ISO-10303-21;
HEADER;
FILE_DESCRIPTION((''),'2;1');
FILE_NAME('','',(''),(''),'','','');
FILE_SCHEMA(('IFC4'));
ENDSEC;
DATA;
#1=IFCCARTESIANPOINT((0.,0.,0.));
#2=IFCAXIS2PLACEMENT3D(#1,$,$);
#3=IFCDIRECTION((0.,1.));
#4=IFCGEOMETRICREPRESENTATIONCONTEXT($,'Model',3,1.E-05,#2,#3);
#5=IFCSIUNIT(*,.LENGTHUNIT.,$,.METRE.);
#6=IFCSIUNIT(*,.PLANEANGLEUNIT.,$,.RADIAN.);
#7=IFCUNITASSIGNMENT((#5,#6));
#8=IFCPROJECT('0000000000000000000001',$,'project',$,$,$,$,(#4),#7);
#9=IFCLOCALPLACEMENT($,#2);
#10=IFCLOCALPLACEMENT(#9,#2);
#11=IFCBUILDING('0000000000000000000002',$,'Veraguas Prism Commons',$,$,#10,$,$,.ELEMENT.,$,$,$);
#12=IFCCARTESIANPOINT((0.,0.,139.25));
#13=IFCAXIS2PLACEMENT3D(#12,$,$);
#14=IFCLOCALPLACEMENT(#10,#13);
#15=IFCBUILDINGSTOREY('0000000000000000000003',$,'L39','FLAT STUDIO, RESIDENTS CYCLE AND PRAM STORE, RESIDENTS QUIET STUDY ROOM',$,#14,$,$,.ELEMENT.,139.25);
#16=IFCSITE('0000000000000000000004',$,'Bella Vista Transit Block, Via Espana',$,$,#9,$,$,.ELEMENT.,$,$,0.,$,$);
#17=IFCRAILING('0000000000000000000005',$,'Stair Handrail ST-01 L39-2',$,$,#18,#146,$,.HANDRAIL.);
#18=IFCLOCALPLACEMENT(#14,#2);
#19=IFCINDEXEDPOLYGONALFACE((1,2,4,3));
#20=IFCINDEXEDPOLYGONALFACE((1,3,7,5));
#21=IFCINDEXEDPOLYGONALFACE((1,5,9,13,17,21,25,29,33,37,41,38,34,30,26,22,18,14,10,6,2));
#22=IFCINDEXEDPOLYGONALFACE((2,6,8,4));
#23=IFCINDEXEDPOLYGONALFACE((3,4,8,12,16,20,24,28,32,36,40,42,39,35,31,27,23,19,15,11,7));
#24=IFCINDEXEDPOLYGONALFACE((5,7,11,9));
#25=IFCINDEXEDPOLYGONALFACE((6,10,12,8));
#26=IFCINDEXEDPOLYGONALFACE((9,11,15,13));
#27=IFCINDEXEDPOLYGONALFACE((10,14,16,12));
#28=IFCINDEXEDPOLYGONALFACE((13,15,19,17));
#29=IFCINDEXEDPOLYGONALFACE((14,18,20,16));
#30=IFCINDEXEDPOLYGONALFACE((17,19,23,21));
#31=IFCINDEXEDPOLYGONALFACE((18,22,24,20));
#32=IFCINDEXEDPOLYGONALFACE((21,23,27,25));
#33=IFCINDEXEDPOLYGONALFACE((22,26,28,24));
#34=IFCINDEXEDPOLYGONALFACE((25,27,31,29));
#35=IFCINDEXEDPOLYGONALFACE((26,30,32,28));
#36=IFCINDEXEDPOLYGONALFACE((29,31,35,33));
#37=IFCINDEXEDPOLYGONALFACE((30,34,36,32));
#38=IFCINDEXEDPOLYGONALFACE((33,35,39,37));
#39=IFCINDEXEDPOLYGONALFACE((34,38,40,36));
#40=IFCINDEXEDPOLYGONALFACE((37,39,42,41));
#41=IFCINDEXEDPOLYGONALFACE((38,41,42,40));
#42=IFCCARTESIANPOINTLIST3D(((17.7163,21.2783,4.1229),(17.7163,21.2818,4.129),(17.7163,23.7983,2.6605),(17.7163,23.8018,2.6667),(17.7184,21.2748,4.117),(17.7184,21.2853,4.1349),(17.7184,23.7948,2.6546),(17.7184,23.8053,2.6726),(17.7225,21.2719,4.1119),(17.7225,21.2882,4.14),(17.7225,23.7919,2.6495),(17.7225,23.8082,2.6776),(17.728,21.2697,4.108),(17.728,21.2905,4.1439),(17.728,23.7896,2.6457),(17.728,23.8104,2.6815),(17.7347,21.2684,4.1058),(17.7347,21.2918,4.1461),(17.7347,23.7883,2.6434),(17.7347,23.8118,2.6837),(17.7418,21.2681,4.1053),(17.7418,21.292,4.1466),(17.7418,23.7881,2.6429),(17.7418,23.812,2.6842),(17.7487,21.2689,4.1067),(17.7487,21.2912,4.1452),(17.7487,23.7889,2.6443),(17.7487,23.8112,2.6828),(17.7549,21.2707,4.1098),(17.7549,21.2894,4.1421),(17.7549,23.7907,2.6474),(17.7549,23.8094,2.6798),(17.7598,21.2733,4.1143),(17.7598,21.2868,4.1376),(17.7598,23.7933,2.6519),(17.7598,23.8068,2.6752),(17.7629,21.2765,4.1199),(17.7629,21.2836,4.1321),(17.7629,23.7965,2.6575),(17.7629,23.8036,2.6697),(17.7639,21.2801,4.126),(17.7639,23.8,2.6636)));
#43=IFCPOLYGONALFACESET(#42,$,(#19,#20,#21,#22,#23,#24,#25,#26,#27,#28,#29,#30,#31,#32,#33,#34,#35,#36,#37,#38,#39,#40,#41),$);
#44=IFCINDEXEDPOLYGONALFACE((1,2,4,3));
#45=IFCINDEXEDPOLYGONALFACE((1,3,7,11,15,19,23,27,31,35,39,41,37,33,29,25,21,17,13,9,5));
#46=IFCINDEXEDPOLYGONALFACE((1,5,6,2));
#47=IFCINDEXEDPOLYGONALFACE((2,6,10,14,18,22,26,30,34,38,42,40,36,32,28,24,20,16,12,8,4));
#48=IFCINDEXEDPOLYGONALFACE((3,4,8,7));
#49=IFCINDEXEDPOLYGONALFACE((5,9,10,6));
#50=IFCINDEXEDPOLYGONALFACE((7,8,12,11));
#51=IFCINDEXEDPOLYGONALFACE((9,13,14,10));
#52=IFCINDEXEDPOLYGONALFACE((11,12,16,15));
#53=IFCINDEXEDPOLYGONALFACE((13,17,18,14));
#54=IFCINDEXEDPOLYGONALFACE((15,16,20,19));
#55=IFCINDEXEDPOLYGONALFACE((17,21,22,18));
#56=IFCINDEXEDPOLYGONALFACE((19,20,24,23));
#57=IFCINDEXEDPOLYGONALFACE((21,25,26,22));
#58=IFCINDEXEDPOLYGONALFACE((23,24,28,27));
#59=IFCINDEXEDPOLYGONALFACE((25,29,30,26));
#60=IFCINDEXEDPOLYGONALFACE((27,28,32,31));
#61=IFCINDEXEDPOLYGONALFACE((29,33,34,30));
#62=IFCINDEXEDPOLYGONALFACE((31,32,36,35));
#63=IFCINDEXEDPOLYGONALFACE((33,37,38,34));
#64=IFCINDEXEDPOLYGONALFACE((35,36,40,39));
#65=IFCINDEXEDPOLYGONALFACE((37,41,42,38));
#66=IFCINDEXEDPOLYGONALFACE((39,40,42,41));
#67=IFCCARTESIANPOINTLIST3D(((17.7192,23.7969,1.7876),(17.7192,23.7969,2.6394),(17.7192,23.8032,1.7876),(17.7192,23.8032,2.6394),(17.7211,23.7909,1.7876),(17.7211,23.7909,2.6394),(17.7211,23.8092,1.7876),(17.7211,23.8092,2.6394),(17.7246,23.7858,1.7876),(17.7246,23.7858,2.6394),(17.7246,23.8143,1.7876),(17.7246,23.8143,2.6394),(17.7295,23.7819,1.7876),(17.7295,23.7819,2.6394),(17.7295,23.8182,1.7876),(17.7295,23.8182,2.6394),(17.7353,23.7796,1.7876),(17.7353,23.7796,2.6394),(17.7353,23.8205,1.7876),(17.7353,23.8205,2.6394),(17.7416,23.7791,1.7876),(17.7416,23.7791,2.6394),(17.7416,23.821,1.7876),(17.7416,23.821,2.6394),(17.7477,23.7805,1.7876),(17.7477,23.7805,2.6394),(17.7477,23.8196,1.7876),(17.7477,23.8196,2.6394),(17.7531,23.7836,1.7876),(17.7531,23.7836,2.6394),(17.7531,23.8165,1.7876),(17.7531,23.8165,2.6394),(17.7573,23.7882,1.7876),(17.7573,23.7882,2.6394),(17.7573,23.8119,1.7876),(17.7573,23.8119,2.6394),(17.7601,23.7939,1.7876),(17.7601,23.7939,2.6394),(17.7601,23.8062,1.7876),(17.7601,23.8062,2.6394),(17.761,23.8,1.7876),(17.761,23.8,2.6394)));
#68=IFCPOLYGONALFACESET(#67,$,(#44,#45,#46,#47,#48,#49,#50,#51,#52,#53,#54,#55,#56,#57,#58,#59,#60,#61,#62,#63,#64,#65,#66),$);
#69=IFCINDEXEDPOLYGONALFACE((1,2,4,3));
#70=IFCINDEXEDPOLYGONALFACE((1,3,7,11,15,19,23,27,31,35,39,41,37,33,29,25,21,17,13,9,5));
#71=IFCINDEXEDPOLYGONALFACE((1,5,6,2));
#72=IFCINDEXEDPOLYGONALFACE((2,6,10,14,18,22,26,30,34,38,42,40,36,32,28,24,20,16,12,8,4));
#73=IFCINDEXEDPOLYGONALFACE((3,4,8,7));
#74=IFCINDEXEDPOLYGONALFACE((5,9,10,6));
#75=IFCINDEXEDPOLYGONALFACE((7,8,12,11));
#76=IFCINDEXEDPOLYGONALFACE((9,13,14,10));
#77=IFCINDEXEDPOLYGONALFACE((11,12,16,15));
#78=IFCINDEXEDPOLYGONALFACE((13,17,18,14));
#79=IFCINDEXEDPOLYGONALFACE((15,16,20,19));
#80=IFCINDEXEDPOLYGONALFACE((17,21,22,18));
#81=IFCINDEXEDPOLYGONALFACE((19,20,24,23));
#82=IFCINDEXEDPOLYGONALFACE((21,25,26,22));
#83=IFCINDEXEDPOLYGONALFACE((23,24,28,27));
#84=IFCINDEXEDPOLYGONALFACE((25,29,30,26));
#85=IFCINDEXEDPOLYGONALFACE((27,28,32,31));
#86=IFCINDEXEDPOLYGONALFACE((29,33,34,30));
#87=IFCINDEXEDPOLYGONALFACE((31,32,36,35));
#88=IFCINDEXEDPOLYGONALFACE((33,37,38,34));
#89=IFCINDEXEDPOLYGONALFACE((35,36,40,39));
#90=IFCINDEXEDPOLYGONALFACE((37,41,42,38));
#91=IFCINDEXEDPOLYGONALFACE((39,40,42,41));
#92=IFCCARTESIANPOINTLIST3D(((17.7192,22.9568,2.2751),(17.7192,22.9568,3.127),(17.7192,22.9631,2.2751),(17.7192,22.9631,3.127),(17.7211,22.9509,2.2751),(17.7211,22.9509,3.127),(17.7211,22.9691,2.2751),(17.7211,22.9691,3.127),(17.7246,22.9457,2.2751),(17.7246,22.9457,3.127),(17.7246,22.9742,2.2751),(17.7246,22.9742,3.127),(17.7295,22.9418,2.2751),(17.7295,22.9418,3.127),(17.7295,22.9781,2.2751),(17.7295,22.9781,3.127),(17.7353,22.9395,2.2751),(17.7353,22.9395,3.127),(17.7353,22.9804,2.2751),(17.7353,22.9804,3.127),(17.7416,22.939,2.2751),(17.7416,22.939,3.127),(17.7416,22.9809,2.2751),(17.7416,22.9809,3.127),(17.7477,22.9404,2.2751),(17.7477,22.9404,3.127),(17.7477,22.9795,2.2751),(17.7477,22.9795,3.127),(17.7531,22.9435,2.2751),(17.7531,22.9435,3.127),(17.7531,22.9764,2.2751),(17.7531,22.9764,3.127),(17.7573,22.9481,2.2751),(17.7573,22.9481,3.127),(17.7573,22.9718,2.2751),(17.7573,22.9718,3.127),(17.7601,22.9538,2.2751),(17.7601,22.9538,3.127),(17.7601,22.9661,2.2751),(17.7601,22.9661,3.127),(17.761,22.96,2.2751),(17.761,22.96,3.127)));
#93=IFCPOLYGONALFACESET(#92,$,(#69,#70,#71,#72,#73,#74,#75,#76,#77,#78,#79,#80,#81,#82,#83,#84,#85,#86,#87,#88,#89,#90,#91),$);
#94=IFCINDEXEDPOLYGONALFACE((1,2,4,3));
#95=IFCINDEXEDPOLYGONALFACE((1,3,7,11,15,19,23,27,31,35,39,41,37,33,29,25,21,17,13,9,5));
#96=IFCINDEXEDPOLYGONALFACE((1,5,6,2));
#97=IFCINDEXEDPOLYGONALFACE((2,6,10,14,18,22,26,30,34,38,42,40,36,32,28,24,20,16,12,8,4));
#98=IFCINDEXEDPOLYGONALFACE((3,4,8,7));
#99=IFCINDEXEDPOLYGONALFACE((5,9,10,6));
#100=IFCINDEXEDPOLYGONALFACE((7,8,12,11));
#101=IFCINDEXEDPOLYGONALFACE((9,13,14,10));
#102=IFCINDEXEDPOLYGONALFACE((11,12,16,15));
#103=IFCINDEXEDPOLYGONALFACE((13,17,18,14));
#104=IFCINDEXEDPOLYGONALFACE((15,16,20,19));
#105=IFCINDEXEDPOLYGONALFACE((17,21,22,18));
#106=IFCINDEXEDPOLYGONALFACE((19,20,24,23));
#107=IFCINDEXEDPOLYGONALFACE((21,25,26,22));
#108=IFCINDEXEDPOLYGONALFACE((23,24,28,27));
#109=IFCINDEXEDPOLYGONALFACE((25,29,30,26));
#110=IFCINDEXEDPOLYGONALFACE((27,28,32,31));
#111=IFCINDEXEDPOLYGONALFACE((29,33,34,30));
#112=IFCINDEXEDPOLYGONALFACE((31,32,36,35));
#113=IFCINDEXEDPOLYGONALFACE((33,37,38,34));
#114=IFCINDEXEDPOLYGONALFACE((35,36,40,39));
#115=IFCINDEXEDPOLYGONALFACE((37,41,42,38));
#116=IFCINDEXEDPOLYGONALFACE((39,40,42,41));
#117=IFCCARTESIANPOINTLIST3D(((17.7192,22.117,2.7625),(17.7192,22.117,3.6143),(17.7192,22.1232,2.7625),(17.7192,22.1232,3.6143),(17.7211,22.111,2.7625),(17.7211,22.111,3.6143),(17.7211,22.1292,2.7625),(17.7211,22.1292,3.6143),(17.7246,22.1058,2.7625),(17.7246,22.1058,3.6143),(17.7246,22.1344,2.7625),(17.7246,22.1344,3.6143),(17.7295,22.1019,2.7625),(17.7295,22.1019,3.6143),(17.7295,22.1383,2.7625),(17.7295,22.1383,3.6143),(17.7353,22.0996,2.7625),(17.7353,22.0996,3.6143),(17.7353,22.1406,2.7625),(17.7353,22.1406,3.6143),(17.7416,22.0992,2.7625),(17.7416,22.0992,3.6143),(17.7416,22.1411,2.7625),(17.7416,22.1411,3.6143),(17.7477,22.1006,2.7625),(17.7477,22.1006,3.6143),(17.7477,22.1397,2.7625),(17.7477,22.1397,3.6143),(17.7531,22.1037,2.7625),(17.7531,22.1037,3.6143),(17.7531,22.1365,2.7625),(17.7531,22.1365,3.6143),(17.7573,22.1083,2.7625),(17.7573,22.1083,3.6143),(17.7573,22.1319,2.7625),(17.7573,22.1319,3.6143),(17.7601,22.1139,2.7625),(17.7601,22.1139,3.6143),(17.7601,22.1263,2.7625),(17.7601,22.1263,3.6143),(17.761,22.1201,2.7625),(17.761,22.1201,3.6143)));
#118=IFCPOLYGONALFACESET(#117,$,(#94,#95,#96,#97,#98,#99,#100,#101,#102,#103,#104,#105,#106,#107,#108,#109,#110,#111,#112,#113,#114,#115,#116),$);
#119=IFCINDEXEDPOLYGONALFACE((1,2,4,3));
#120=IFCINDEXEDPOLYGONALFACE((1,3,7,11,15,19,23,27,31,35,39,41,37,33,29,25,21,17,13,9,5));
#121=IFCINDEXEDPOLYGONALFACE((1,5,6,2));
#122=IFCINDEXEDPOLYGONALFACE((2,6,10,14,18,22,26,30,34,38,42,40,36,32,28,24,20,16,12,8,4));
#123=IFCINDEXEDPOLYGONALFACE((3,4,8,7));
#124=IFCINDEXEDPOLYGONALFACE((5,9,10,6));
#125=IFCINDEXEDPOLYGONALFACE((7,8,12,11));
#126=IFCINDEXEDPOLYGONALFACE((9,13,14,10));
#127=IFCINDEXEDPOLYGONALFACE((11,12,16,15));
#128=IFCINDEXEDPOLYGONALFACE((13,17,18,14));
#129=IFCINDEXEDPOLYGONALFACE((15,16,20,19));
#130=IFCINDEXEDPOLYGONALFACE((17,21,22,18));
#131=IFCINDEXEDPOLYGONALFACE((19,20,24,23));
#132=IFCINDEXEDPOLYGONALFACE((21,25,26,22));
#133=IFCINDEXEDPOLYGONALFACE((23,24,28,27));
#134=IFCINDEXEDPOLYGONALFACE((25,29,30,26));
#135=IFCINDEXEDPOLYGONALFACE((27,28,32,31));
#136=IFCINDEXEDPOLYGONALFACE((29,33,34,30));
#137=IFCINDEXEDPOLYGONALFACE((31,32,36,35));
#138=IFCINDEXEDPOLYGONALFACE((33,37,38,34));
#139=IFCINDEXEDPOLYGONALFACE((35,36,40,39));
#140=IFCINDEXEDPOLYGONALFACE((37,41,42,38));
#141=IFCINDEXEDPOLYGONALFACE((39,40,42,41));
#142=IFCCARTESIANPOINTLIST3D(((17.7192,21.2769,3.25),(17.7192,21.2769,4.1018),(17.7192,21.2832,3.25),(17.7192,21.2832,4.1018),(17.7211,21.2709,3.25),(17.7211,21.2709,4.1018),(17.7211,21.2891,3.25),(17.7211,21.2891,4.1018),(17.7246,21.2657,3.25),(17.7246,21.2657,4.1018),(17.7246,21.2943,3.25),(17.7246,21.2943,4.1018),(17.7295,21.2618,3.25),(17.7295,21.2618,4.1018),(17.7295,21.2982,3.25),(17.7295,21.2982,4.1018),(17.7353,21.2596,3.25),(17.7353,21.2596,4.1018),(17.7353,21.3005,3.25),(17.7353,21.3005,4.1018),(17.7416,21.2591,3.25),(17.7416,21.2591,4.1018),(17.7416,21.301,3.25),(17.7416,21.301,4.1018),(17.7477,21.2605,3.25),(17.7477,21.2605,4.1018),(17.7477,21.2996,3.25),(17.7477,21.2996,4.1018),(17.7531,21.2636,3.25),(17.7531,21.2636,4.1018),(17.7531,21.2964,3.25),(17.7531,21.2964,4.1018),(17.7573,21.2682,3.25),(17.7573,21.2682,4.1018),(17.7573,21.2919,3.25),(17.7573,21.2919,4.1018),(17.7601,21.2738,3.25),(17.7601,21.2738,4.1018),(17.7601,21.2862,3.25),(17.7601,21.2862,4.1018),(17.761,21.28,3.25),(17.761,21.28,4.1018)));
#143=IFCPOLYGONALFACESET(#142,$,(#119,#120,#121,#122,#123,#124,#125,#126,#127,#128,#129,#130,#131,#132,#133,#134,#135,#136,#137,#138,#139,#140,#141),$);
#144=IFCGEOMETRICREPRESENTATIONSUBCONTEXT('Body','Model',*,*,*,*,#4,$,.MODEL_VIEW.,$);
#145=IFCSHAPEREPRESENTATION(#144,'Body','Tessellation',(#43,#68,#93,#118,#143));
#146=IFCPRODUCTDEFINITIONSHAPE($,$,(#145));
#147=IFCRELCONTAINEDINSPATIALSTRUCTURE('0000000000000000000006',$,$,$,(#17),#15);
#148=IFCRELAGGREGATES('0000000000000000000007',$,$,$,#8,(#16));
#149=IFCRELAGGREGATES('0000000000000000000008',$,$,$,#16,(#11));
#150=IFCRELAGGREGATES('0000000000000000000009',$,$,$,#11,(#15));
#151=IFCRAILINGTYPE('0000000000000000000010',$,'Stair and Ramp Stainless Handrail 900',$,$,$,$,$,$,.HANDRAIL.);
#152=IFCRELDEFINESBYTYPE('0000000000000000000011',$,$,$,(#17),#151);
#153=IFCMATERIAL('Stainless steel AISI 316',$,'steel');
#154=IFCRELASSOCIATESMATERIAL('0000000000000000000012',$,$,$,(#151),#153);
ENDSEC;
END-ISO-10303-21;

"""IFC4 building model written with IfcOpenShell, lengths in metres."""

from ifc_helpers import new_model, si_unit, direction, frame, origin, origin_2d, place, context, subcontext, project, spatial, circle, extrude, material, type_object, element, save


model = new_model("IFC4")

# Units and contexts
model_context = context("Model", 3, precision=1e-05, world=origin(), true_north=direction((0.0, 1.0)))
body_context = subcontext(model_context, "Body", "Model", "MODEL_VIEW")
ifc_project = project(units=[si_unit("LENGTHUNIT", "METRE"), si_unit("PLANEANGLEUNIT", "RADIAN")], contexts=[model_context])

# Site, building, storey
site_placement = place(None, origin())
site = spatial("IfcSite", under=ifc_project, at=site_placement, Name="Bella Vista Transit Block, Via Espana", CompositionType="ELEMENT", RefElevation=0.0)
building_placement = place(site_placement, origin())
building = spatial("IfcBuilding", under=site, at=building_placement, Name="Veraguas Prism Commons", CompositionType="ELEMENT")
storey_placement = place(building_placement, frame((0.0, 0.0, 139.25)))
storey = spatial("IfcBuildingStorey", under=building, at=storey_placement, Name="L39", Description="FLAT STUDIO, RESIDENTS CYCLE AND PRAM STORE, RESIDENTS QUIET STUDY ROOM", CompositionType="ELEMENT", Elevation=139.25)

# Railing
ifc_material_1 = material(Name="Stainless steel AISI 316", Category="steel")
railing_type_1 = type_object("IfcRailingType", Name="Stair and Ramp Stainless Handrail 900", PredefinedType="HANDRAIL", material=ifc_material_1)
railing_1_placement = place(storey_placement, frame((17.74, 23.8, 1.7876)))
element("IfcRailing", 1, at=railing_1_placement, inside=storey, type_object=railing_type_1, Name="Stair Handrail ST-01 L39-2", PredefinedType="HANDRAIL", context=body_context, shape_type="SweptSolid", body=[
    extrude(circle(Radius=0.0239, at=origin_2d()), frame((0.0, 0.0, 0.876), z_axis=(0.0, -0.864913, 0.501921), x_axis=(1.0, 0.0, 0.0)), (0.0, 0.0, 1.0), 2.9136),
    extrude(circle(Radius=0.021, at=origin_2d()), origin(), (0.0, 0.0, 1.0), 0.8518),
    extrude(circle(Radius=0.021, at=origin_2d()), frame((0.0, -0.8401, 0.4875)), (0.0, 0.0, 1.0), 0.8518),
    extrude(circle(Radius=0.021, at=origin_2d()), frame((0.0, -1.6799, 0.9749)), (0.0, 0.0, 1.0), 0.8518),
    extrude(circle(Radius=0.021, at=origin_2d()), frame((0.0, -2.52, 1.4624)), (0.0, 0.0, 1.0), 0.8518),
])

save(model, "model.ifc")
